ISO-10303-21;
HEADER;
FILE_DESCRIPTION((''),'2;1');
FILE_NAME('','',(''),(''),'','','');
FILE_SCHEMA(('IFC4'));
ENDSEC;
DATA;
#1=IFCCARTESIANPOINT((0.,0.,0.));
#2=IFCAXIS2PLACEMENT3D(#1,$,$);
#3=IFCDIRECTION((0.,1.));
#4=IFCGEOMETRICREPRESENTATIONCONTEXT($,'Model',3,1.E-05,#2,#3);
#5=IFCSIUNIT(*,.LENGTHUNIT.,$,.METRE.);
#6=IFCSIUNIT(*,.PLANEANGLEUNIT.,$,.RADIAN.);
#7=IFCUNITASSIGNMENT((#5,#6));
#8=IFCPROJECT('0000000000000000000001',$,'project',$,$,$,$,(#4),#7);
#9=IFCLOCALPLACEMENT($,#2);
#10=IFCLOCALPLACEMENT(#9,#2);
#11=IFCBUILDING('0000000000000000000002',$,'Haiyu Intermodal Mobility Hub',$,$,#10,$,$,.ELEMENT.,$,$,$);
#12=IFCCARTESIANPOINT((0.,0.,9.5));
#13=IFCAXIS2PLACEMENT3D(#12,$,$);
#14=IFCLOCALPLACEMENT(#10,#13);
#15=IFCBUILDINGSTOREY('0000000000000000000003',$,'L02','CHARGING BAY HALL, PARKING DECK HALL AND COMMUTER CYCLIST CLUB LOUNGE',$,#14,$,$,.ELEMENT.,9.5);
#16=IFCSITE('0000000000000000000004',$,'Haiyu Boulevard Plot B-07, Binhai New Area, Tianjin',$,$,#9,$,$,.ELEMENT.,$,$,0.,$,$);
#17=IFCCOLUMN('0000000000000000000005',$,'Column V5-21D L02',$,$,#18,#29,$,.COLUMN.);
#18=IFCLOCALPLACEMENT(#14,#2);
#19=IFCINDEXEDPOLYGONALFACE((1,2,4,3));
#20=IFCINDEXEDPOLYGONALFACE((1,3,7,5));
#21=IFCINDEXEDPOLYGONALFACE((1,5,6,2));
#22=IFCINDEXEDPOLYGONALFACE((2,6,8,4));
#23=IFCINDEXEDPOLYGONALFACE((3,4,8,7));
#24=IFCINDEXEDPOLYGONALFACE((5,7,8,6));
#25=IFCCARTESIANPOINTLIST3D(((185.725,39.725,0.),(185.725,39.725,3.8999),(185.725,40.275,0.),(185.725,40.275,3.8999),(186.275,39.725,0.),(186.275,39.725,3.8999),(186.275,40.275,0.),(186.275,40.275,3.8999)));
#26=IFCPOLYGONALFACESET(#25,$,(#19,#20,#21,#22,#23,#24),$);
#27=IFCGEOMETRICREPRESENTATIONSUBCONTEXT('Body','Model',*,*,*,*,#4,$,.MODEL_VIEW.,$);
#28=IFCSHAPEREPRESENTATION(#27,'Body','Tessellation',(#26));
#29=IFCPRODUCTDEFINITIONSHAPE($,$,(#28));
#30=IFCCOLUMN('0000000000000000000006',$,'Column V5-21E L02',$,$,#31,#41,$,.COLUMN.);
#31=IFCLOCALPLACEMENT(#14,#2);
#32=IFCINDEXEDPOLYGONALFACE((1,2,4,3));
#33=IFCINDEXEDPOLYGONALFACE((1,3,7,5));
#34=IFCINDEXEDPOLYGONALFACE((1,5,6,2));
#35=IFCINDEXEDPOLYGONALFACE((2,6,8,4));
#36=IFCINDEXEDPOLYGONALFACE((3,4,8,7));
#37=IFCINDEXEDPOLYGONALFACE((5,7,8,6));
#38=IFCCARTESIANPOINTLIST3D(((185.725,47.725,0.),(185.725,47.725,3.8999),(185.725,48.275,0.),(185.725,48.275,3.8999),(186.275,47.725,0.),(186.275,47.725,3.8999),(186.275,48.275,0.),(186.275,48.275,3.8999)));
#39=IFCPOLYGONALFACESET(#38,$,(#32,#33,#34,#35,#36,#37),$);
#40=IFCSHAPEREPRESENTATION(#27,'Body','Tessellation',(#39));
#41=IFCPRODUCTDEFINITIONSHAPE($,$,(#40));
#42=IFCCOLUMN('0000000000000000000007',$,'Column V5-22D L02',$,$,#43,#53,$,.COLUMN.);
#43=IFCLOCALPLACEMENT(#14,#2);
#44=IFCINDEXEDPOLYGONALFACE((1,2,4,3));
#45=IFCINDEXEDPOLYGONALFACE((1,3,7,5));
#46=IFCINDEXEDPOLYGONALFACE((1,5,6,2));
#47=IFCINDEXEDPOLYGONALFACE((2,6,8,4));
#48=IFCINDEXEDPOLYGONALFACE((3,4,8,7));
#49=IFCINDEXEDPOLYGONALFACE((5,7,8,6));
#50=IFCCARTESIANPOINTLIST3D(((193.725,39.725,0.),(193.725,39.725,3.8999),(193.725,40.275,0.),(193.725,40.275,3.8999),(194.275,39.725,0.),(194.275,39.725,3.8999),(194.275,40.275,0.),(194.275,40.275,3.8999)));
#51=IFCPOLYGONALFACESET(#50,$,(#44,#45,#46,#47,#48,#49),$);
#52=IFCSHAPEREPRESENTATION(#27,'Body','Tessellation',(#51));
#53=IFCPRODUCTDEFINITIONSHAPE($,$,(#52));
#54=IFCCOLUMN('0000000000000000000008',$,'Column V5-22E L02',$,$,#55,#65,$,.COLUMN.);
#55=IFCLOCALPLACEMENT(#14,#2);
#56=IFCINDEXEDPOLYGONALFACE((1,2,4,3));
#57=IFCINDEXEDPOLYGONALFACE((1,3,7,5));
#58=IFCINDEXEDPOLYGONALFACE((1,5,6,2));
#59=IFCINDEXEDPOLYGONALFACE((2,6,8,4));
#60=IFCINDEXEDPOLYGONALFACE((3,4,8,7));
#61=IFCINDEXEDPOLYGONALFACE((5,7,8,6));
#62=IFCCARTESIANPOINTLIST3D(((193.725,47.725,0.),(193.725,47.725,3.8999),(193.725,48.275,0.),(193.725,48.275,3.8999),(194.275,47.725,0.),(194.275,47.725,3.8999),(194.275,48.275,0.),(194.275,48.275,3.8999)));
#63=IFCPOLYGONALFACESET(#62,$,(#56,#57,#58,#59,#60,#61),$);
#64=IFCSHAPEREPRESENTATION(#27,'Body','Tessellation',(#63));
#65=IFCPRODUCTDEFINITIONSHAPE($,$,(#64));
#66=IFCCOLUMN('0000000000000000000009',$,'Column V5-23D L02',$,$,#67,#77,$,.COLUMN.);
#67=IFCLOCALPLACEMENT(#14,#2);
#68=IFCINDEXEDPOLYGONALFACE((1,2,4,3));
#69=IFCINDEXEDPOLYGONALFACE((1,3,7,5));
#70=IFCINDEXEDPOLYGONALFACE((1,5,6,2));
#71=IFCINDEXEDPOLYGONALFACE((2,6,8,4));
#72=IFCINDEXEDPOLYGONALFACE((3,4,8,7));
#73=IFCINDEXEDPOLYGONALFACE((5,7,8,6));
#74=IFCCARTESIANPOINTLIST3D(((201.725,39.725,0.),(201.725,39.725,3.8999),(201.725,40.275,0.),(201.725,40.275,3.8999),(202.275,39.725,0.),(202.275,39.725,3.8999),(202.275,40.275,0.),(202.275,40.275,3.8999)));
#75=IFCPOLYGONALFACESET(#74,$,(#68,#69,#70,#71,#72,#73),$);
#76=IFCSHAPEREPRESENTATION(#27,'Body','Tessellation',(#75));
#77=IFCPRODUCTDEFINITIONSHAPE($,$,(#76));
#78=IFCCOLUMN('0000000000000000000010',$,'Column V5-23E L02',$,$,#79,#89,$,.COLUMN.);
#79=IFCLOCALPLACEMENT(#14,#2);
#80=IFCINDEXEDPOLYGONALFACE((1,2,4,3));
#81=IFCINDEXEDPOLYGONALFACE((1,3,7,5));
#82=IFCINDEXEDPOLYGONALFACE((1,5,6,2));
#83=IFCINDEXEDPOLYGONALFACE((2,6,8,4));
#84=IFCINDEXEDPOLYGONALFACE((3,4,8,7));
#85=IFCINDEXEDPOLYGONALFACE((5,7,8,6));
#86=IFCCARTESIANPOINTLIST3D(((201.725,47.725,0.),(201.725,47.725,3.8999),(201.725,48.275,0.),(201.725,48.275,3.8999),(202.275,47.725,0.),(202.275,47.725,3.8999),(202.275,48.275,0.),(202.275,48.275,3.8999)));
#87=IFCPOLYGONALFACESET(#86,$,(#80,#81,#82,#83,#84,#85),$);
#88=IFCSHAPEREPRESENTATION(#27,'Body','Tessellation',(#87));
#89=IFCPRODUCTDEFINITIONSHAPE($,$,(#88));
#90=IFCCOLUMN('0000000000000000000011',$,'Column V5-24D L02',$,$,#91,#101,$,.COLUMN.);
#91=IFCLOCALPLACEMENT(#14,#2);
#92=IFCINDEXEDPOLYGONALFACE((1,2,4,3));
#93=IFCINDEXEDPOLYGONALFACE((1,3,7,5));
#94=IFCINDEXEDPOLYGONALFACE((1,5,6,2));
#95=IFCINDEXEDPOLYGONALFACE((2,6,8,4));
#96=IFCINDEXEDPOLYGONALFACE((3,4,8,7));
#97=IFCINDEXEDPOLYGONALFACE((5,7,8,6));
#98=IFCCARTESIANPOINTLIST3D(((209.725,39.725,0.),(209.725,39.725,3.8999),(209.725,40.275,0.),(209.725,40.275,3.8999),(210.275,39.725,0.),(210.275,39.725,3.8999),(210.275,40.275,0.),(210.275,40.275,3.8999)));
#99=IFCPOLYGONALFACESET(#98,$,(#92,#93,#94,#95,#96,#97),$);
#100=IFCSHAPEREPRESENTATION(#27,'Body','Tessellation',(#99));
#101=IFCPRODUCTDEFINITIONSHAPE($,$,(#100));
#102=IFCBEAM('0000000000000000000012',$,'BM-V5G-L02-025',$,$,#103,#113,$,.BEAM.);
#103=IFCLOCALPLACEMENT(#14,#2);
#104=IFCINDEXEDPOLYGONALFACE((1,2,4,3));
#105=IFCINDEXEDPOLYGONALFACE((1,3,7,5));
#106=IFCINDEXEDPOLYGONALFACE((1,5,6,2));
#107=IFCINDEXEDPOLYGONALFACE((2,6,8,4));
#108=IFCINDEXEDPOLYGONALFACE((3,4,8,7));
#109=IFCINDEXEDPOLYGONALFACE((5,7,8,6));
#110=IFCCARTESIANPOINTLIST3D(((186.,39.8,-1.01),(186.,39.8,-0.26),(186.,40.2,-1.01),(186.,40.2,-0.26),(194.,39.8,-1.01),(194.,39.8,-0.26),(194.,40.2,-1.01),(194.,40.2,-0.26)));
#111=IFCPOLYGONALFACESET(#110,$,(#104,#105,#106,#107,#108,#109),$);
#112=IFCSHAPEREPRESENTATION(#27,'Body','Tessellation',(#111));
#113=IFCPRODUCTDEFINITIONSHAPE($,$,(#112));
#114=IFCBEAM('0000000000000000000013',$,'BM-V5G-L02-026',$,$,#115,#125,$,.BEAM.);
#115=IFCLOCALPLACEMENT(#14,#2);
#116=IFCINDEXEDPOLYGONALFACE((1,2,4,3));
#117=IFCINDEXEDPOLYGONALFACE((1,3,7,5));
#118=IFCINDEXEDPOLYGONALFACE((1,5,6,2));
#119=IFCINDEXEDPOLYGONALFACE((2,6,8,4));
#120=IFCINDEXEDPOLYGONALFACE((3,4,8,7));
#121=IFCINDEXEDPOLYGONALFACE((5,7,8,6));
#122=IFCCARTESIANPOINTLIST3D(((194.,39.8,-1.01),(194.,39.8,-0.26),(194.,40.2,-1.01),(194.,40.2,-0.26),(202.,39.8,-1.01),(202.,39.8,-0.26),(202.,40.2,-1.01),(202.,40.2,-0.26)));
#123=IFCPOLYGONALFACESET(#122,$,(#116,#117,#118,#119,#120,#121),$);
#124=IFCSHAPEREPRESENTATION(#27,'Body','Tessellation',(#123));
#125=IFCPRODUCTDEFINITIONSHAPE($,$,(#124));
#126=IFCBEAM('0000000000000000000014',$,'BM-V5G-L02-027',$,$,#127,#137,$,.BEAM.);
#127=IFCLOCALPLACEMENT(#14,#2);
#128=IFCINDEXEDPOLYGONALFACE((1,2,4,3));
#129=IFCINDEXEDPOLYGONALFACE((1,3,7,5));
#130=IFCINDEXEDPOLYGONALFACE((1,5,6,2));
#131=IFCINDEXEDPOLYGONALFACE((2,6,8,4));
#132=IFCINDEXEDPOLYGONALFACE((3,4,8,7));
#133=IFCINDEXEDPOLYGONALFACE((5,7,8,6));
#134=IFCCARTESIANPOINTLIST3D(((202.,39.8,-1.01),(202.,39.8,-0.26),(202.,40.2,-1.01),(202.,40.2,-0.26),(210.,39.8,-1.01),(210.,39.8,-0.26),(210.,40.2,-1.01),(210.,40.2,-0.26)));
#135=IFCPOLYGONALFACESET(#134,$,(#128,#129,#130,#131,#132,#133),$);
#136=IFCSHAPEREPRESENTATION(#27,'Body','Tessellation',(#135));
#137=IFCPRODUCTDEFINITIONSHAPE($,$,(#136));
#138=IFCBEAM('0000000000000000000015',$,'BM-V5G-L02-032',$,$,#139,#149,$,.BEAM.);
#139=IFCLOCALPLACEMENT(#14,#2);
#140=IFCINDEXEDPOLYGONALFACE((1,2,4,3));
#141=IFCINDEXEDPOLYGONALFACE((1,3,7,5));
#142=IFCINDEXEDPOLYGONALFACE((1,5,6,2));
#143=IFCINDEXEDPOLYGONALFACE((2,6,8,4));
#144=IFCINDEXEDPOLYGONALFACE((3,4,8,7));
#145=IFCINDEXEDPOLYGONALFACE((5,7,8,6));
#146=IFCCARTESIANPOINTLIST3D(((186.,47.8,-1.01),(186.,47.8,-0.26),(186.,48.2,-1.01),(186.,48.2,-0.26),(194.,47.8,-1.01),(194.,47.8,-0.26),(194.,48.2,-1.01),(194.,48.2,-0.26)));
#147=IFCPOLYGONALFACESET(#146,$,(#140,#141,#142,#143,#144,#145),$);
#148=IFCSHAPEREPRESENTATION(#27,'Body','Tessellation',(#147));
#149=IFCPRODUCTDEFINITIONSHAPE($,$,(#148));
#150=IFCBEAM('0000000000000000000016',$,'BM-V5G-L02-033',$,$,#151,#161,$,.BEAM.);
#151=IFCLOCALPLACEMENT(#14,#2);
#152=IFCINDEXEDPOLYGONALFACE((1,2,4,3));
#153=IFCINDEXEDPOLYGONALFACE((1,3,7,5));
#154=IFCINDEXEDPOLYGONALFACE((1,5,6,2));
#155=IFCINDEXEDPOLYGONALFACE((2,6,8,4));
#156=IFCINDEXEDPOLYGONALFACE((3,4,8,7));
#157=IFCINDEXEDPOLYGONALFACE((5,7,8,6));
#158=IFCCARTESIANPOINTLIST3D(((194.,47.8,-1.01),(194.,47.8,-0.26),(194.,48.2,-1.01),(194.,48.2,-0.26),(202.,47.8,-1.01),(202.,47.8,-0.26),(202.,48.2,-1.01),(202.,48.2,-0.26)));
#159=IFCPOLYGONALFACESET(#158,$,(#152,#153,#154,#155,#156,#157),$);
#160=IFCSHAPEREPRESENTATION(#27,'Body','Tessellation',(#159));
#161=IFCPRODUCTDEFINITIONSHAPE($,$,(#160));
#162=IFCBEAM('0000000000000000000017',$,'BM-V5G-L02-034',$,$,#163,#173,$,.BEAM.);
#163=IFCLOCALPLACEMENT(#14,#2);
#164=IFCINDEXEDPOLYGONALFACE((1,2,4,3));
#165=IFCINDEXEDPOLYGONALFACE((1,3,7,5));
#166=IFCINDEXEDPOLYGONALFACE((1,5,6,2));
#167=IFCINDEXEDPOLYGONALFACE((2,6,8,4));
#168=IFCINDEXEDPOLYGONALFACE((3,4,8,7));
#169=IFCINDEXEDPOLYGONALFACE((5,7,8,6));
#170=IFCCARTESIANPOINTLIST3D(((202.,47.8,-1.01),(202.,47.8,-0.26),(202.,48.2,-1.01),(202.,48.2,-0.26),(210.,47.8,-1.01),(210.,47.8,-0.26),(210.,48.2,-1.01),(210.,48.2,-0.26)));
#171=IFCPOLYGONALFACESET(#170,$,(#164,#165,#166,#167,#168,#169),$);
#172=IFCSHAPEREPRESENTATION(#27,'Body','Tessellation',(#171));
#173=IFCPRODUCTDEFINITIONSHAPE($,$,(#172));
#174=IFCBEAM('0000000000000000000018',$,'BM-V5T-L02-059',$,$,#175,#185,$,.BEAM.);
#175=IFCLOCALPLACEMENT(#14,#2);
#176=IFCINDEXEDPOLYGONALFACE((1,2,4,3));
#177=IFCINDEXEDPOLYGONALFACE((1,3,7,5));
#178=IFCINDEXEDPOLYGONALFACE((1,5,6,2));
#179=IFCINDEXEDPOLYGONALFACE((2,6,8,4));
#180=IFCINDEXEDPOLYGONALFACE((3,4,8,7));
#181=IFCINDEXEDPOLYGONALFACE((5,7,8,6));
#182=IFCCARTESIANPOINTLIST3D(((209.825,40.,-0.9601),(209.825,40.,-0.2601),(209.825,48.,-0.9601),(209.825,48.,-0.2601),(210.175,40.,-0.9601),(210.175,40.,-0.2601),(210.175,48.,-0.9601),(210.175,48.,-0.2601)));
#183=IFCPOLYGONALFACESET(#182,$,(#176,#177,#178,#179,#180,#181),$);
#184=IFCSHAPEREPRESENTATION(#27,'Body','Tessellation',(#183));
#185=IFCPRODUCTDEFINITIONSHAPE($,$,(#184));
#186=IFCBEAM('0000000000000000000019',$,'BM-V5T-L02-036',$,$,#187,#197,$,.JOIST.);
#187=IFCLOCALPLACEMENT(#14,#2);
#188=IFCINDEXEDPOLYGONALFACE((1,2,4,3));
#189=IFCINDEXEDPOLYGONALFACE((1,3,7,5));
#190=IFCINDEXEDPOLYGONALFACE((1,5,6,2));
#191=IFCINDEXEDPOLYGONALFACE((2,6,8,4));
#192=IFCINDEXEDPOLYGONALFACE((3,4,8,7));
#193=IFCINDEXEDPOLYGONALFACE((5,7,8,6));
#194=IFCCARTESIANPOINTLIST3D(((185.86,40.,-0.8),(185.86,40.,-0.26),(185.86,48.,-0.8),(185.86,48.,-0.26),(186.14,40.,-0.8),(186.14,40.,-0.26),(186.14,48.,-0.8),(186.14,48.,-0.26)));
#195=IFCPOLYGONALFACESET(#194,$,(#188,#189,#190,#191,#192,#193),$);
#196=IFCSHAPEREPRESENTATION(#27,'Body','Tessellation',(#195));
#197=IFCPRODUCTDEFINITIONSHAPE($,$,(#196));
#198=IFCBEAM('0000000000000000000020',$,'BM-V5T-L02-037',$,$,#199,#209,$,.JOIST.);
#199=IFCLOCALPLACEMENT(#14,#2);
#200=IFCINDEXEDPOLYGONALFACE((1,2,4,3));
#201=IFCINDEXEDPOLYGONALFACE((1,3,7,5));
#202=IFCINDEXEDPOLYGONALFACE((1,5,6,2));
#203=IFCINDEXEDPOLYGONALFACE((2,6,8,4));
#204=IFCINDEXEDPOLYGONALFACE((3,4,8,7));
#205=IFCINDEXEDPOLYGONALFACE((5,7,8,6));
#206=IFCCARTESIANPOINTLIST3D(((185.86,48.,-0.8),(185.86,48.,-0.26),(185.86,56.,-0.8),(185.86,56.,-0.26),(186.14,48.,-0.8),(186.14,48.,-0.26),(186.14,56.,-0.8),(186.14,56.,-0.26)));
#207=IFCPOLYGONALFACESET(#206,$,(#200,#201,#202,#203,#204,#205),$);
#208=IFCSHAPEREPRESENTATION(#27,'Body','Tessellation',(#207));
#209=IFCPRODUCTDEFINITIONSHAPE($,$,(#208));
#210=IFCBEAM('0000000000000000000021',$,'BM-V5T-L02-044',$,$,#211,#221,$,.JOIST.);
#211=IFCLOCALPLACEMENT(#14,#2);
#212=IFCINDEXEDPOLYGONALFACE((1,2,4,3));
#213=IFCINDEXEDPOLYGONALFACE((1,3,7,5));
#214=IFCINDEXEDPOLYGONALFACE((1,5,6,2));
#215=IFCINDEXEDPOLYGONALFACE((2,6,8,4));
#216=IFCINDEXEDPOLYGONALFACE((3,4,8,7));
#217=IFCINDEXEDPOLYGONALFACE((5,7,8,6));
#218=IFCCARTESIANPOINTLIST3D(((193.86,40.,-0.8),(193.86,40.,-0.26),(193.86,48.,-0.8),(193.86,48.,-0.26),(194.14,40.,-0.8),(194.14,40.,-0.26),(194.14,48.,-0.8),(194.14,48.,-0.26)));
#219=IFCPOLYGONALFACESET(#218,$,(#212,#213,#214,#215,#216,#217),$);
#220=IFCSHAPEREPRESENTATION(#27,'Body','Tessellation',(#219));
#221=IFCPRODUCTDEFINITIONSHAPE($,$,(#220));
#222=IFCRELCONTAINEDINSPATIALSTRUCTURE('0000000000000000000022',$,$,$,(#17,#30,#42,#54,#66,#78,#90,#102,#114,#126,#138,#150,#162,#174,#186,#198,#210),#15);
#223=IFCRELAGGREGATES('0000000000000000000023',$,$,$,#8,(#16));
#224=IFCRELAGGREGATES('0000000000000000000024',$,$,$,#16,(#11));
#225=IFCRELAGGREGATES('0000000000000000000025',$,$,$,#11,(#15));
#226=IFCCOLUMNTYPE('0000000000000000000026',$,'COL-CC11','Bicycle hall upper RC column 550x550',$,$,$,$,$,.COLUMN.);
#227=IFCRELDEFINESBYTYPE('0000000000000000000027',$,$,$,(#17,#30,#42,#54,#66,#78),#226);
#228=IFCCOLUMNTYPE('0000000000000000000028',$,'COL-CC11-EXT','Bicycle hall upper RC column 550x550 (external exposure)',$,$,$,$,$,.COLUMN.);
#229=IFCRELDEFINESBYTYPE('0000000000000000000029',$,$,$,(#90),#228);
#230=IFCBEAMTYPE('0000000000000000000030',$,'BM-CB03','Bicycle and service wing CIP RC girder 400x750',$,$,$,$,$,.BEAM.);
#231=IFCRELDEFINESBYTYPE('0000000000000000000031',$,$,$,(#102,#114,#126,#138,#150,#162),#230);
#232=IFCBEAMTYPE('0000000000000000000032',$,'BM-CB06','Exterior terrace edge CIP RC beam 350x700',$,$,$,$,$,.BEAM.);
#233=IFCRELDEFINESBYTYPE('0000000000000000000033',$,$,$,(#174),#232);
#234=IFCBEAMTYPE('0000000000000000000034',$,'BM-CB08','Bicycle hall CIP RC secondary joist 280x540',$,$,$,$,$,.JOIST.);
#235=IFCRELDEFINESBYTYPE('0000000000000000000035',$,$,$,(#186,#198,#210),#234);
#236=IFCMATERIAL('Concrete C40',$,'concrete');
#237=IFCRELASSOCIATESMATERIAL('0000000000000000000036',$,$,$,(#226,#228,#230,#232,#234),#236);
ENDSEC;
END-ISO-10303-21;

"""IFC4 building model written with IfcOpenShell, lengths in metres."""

from ifc_helpers import new_model, si_unit, direction, frame, origin, origin_2d, place, context, subcontext, project, spatial, rectangle, extrude, material, material_profile, profile_set, type_object, element, save


model = new_model("IFC4")

# Units and contexts
model_context = context("Model", 3, precision=1e-05, world=origin(), true_north=direction((0.0, 1.0)))
body_context = subcontext(model_context, "Body", "Model", "MODEL_VIEW")
ifc_project = project(units=[si_unit("LENGTHUNIT", "METRE"), si_unit("PLANEANGLEUNIT", "RADIAN")], contexts=[model_context])

# Site, building, storey
site_placement = place(None, origin())
site = spatial("IfcSite", under=ifc_project, at=site_placement, Name="Haiyu Boulevard Plot B-07, Binhai New Area, Tianjin", CompositionType="ELEMENT", RefElevation=0.0)
building_placement = place(site_placement, origin())
building = spatial("IfcBuilding", under=site, at=building_placement, Name="Haiyu Intermodal Mobility Hub", CompositionType="ELEMENT")
storey_placement = place(building_placement, frame((0.0, 0.0, 9.5)))
storey = spatial("IfcBuildingStorey", under=building, at=storey_placement, Name="L02", Description="CHARGING BAY HALL, PARKING DECK HALL AND COMMUTER CYCLIST CLUB LOUNGE", CompositionType="ELEMENT", Elevation=9.5)

# Columns
ifc_material_1 = material(Name="Concrete C40", Category="concrete")
ifc_material_profile_1 = material_profile(ifc_material_1, rectangle(XDim=0.55, YDim=0.55, at=origin_2d()), Name="RC550x550")
ifc_profile_set_1 = profile_set([ifc_material_profile_1], Name="Concrete C40")
column_type_1 = type_object("IfcColumnType", Name="COL-CC11", Description="Bicycle hall upper RC column 550x550", PredefinedType="COLUMN", material=ifc_profile_set_1)
for number, where, z_axis, x_axis, name in (
    (1, (186.0, 40.0, 0.0), (0.0, 0.0, 1.0), (1.0, 0.0, 0.0), "Column V5-21D L02"),
    (2, (186.0, 48.0, 0.0), (0.0, 0.0, 1.0), (1.0, 0.0, 0.0), "Column V5-21E L02"),
    (3, (194.0, 40.0, 0.0), (0.0, 0.0, 1.0), (1.0, 0.0, 0.0), "Column V5-22D L02"),
    (4, (194.0, 48.0, 0.0), (0.0, 0.0, 1.0), (1.0, 0.0, 0.0), "Column V5-22E L02"),
    (5, (202.0, 40.0, 0.0), (0.0, 0.0, 1.0), (1.0, 0.0, 0.0), "Column V5-23D L02"),
    (6, (202.0, 48.0, 0.0), (0.0, 0.0, 1.0), (1.0, 0.0, 0.0), "Column V5-23E L02"),
):
    element("IfcColumn", number, at=place(storey_placement, frame(where, z_axis=z_axis, x_axis=x_axis)), inside=storey, type_object=column_type_1, Name=name, PredefinedType="COLUMN", context=body_context, shape_type="SweptSolid", body=[
        extrude(rectangle(XDim=0.55, YDim=0.55, at=origin_2d()), origin(), (0.0, 0.0, 1.0), 3.8999),
    ])
ifc_material_profile_2 = material_profile(ifc_material_1, rectangle(XDim=0.55, YDim=0.55, at=origin_2d()), Name="RC550x550")
ifc_profile_set_2 = profile_set([ifc_material_profile_2], Name="Concrete C40")
column_type_2 = type_object("IfcColumnType", Name="COL-CC11-EXT", Description="Bicycle hall upper RC column 550x550 (external exposure)", PredefinedType="COLUMN", material=ifc_profile_set_2)
column_placement = place(storey_placement, frame((210.0, 40.0, 0.0), z_axis=(0.0, 0.0, 1.0), x_axis=(1.0, 0.0, 0.0)))
element("IfcColumn", 7, at=column_placement, inside=storey, type_object=column_type_2, Name="Column V5-24D L02", PredefinedType="COLUMN", context=body_context, shape_type="SweptSolid", body=[
    extrude(rectangle(XDim=0.55, YDim=0.55, at=origin_2d()), origin(), (0.0, 0.0, 1.0), 3.8999),
])

# Beams
ifc_material_profile_3 = material_profile(ifc_material_1, rectangle(XDim=0.3999, YDim=0.75, at=origin_2d()), Name="RCB400x750")
ifc_profile_set_3 = profile_set([ifc_material_profile_3], Name="Concrete C40")
beam_type_1 = type_object("IfcBeamType", Name="BM-CB03", Description="Bicycle and service wing CIP RC girder 400x750", PredefinedType="BEAM", material=ifc_profile_set_3)
for number, where, z_axis, x_axis, name in (
    (8, (186.0, 40.0, -0.635), (1.0, 0.0, 0.0), (0.0, 1.0, 0.0), "BM-V5G-L02-025"),
    (9, (194.0, 40.0, -0.635), (1.0, 0.0, 0.0), (0.0, 1.0, 0.0), "BM-V5G-L02-026"),
    (10, (202.0, 40.0, -0.635), (1.0, 0.0, 0.0), (0.0, 1.0, 0.0), "BM-V5G-L02-027"),
    (11, (186.0, 48.0, -0.635), (1.0, 0.0, 0.0), (0.0, 1.0, 0.0), "BM-V5G-L02-032"),
    (12, (194.0, 48.0, -0.635), (1.0, 0.0, 0.0), (0.0, 1.0, 0.0), "BM-V5G-L02-033"),
    (13, (202.0, 48.0, -0.635), (1.0, 0.0, 0.0), (0.0, 1.0, 0.0), "BM-V5G-L02-034"),
):
    element("IfcBeam", number, at=place(storey_placement, frame(where, z_axis=z_axis, x_axis=x_axis)), inside=storey, type_object=beam_type_1, Name=name, PredefinedType="BEAM", context=body_context, shape_type="SweptSolid", body=[
        extrude(rectangle(XDim=0.3999, YDim=0.75, at=origin_2d()), origin(), (0.0, 0.0, 1.0), 8.0),
    ])
ifc_material_profile_4 = material_profile(ifc_material_1, rectangle(XDim=0.3501, YDim=0.7, at=origin_2d()), Name="RCB350x700")
ifc_profile_set_4 = profile_set([ifc_material_profile_4], Name="Concrete C40")
beam_type_2 = type_object("IfcBeamType", Name="BM-CB06", Description="Exterior terrace edge CIP RC beam 350x700", PredefinedType="BEAM", material=ifc_profile_set_4)
beam_placement = place(storey_placement, frame((210.0, 40.0, -0.6101), z_axis=(0.0, 1.0, 0.0), x_axis=(-1.0, 0.0, 0.0)))
element("IfcBeam", 14, at=beam_placement, inside=storey, type_object=beam_type_2, Name="BM-V5T-L02-059", PredefinedType="BEAM", context=body_context, shape_type="SweptSolid", body=[
    extrude(rectangle(XDim=0.3501, YDim=0.7, at=origin_2d()), origin(), (0.0, 0.0, 1.0), 8.0),
])
ifc_material_profile_5 = material_profile(ifc_material_1, rectangle(XDim=0.28, YDim=0.54, at=origin_2d()), Name="RCB280x540")
ifc_profile_set_5 = profile_set([ifc_material_profile_5], Name="Concrete C40")
beam_type_3 = type_object("IfcBeamType", Name="BM-CB08", Description="Bicycle hall CIP RC secondary joist 280x540", PredefinedType="JOIST", material=ifc_profile_set_5)
for number, where, z_axis, x_axis, name in (
    (15, (186.0, 40.0, -0.53), (0.0, 1.0, 0.0), (-1.0, 0.0, 0.0), "BM-V5T-L02-036"),
    (16, (186.0, 48.0, -0.53), (0.0, 1.0, 0.0), (-1.0, 0.0, 0.0), "BM-V5T-L02-037"),
    (17, (194.0, 40.0, -0.53), (0.0, 1.0, 0.0), (-1.0, 0.0, 0.0), "BM-V5T-L02-044"),
):
    element("IfcBeam", number, at=place(storey_placement, frame(where, z_axis=z_axis, x_axis=x_axis)), inside=storey, type_object=beam_type_3, Name=name, PredefinedType="JOIST", context=body_context, shape_type="SweptSolid", body=[
        extrude(rectangle(XDim=0.28, YDim=0.54, at=origin_2d()), origin(), (0.0, 0.0, 1.0), 8.0),
    ])

save(model, "model.ifc")
